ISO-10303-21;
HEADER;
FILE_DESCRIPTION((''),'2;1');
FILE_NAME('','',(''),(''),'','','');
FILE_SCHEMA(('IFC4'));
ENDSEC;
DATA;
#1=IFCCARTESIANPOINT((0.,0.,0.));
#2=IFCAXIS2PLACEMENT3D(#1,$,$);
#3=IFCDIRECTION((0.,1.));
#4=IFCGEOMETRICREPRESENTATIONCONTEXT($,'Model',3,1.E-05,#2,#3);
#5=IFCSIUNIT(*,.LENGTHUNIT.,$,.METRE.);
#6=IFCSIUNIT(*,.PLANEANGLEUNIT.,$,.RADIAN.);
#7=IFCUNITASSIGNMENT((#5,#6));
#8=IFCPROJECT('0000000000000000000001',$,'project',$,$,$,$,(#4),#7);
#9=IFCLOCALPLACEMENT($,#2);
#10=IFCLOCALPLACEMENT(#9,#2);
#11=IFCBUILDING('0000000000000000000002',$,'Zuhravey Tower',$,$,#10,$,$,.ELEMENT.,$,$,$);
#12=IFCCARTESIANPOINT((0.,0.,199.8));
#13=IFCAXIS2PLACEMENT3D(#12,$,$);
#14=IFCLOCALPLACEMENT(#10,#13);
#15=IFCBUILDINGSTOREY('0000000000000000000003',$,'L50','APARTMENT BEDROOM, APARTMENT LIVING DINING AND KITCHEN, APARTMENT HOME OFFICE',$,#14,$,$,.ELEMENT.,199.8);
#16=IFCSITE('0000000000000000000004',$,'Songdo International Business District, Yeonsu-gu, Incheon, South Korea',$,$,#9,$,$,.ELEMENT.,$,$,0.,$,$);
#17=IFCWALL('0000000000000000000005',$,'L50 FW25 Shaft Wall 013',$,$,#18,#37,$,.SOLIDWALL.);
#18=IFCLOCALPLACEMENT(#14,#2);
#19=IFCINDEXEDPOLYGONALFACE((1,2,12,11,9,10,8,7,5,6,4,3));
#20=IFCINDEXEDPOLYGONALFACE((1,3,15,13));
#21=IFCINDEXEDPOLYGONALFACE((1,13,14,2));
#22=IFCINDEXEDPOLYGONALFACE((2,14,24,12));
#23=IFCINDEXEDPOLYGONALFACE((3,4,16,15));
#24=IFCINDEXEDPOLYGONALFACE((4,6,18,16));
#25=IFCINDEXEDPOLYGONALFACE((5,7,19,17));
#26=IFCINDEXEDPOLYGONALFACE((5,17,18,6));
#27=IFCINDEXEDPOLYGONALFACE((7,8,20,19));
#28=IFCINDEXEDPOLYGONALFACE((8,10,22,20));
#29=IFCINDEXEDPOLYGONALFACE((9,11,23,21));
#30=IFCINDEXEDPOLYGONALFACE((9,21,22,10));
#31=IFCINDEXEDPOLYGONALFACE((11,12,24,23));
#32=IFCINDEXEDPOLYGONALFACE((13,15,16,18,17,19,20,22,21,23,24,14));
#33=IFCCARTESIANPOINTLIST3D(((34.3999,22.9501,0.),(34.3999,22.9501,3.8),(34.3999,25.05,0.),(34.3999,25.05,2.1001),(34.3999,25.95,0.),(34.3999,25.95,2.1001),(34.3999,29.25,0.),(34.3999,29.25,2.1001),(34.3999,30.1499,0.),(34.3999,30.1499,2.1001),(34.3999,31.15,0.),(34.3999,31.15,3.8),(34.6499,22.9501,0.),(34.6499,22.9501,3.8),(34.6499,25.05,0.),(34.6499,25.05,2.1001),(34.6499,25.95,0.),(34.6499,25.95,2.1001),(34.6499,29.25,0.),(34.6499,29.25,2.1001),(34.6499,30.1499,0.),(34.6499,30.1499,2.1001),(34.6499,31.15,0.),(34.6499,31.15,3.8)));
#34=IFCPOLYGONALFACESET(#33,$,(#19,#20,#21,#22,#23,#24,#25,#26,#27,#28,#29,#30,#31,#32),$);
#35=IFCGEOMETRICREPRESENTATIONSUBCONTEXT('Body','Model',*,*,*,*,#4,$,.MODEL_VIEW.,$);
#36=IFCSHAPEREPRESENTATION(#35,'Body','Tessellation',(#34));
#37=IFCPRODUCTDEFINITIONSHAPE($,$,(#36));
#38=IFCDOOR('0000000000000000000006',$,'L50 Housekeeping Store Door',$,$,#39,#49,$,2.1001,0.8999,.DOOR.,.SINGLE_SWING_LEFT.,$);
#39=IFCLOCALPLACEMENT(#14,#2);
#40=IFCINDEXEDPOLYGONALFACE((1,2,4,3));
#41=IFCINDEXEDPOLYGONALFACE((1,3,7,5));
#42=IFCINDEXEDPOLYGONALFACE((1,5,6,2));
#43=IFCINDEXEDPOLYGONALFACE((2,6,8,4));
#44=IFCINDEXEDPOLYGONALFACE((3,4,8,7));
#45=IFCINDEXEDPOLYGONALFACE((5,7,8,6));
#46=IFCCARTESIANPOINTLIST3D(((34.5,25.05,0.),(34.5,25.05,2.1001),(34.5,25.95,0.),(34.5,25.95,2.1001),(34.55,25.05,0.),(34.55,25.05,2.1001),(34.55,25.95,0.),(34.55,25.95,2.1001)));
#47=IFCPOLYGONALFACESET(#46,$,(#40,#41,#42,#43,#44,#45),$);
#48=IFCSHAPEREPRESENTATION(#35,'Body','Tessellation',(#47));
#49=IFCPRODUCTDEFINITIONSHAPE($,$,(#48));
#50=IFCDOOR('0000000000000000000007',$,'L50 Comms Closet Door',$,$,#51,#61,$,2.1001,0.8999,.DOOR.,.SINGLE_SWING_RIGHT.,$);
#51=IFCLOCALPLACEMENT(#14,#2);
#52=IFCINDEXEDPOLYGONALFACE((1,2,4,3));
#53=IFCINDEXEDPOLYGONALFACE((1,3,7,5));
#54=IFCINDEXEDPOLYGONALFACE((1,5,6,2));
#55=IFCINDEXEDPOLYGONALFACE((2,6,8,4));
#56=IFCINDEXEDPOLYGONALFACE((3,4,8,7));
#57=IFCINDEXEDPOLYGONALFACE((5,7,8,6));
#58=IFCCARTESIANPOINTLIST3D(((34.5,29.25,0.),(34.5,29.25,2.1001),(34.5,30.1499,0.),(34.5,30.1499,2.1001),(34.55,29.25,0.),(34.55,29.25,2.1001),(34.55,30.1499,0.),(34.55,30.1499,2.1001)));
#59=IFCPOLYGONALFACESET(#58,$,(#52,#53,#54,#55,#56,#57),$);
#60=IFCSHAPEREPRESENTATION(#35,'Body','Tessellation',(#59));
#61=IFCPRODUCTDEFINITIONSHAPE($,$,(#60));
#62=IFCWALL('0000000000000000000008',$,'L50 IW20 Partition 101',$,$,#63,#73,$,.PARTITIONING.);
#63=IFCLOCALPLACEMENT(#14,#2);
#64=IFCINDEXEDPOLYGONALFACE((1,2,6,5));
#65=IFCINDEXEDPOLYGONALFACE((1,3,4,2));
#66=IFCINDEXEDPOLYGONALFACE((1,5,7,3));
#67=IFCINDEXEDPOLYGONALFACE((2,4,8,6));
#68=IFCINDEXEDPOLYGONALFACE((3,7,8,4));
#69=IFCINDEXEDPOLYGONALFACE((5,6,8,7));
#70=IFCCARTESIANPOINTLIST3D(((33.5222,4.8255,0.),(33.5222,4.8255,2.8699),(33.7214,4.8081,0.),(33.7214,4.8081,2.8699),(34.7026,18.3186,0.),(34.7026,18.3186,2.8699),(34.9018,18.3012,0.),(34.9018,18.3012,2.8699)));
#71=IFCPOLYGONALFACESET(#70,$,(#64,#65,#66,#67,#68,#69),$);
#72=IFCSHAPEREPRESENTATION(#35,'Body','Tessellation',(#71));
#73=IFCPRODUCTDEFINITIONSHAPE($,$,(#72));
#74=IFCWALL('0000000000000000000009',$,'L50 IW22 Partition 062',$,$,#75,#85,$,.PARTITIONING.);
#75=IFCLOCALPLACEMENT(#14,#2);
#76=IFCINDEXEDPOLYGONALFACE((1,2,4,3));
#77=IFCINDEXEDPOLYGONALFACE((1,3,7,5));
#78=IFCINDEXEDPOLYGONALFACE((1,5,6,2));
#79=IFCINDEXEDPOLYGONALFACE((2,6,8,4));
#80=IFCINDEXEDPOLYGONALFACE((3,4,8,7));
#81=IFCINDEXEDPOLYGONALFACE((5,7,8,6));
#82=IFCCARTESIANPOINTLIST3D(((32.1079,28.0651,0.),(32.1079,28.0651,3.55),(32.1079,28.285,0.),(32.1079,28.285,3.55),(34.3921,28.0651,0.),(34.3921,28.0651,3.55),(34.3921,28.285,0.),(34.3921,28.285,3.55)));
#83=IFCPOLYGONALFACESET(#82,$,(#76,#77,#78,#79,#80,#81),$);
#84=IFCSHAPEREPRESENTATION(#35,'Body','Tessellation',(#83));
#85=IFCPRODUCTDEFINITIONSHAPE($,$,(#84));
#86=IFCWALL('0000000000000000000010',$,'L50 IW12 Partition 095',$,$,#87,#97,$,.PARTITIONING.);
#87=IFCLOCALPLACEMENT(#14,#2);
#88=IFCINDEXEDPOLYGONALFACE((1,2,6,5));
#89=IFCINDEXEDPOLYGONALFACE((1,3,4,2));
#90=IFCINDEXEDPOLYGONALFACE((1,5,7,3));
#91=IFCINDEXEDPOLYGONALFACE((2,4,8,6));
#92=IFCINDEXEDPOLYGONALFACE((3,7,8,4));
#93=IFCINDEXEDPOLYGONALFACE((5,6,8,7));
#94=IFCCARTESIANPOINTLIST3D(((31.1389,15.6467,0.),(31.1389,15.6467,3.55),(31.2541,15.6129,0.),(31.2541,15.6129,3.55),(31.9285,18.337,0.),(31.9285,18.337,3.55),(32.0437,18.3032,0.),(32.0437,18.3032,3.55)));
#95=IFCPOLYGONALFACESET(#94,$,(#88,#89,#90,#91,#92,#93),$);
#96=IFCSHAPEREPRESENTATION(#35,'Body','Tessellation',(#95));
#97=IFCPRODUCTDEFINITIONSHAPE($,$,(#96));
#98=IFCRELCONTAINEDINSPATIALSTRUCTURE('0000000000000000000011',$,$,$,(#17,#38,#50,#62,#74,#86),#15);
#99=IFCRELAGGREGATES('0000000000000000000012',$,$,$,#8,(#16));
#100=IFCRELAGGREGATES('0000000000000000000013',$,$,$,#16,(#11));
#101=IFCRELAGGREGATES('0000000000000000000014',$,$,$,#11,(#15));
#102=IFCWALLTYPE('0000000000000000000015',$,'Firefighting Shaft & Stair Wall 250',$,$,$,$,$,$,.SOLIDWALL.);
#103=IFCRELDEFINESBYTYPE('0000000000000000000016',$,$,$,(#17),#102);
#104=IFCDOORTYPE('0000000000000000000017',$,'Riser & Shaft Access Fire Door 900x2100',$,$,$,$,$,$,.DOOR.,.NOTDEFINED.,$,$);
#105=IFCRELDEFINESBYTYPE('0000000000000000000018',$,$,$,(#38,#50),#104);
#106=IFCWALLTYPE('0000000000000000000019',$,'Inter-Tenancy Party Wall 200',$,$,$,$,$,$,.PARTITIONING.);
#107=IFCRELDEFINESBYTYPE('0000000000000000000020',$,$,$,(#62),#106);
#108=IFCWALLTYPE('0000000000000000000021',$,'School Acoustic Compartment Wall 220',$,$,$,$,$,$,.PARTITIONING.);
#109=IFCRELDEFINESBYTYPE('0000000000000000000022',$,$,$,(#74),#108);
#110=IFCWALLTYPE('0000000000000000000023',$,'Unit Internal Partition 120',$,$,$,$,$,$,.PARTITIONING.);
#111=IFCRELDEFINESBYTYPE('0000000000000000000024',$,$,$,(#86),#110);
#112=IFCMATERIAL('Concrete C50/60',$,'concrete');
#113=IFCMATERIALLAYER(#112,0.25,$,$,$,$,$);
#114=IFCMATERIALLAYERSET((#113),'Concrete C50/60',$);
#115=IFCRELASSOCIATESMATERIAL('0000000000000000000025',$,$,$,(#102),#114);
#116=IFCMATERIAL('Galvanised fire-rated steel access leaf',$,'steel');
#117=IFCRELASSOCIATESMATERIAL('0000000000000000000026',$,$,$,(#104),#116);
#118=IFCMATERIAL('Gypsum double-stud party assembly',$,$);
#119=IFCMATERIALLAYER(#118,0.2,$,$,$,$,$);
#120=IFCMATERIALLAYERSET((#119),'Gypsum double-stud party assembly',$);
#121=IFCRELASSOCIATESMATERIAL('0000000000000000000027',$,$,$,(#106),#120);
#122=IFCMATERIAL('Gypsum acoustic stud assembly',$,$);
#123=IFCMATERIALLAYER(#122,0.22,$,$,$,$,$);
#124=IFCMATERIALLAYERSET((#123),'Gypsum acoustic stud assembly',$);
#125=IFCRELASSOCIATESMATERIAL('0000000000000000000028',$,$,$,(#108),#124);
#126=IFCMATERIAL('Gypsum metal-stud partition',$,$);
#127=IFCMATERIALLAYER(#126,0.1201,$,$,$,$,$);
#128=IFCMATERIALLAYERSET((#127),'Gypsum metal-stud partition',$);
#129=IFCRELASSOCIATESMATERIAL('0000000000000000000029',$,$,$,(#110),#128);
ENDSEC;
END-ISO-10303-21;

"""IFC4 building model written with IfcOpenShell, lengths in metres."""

from ifc_helpers import new_model, si_unit, direction, frame, frame_2d, origin, place, context, subcontext, project, spatial, rectangle, extrude, material, layer, layer_set, type_object, element, fill, save


model = new_model("IFC4")

# Units and contexts
model_context = context("Model", 3, precision=1e-05, world=origin(), true_north=direction((0.0, 1.0)))
body_context = subcontext(model_context, "Body", "Model", "MODEL_VIEW")
ifc_project = project(units=[si_unit("LENGTHUNIT", "METRE"), si_unit("PLANEANGLEUNIT", "RADIAN")], contexts=[model_context])

# Site, building, storey
site_placement = place(None, origin())
site = spatial("IfcSite", under=ifc_project, at=site_placement, Name="Songdo International Business District, Yeonsu-gu, Incheon, South Korea", CompositionType="ELEMENT", RefElevation=0.0)
building_placement = place(site_placement, origin())
building = spatial("IfcBuilding", under=site, at=building_placement, Name="Zuhravey Tower", CompositionType="ELEMENT")
storey_placement = place(building_placement, frame((0.0, 0.0, 199.8)))
storey = spatial("IfcBuildingStorey", under=building, at=storey_placement, Name="L50", Description="APARTMENT BEDROOM, APARTMENT LIVING DINING AND KITCHEN, APARTMENT HOME OFFICE", CompositionType="ELEMENT", Elevation=199.8)

# Shared definitions
ifc_material_1 = material(Name="Concrete C50/60", Category="concrete")
ifc_layer_1 = layer(ifc_material_1, 0.25)
ifc_layer_set_1 = layer_set([ifc_layer_1], Name="Concrete C50/60")
wall_type_1 = type_object("IfcWallType", Name="Firefighting Shaft & Stair Wall 250", PredefinedType="SOLIDWALL", material=ifc_layer_set_1)

# Shared definitions
ifc_material_2 = material(Name="Galvanised fire-rated steel access leaf", Category="steel")
door_type_1 = type_object("IfcDoorType", Name="Riser & Shaft Access Fire Door 900x2100", OperationType="NOTDEFINED", PredefinedType="DOOR", material=ifc_material_2)

# Wall, openings, doors
wall_1_placement = place(storey_placement, frame((34.5249, 22.95, 0.0), z_axis=(0.0, 0.0, 1.0), x_axis=(0.0, 1.0, 0.0)))
wall_1 = element("IfcWall", 1, at=wall_1_placement, inside=storey, type_object=wall_type_1, Name="L50 FW25 Shaft Wall 013", PredefinedType="SOLIDWALL", context=body_context, shape_type="SweptSolid", body=[
    extrude(rectangle(XDim=8.2, YDim=0.25, at=frame_2d((4.1001, 0.0))), origin(), (0.0, 0.0, 1.0), 3.8),
])
opening_1_placement = place(wall_1_placement, frame((2.1001, 0.0, 0.0)))
opening_1 = element("IfcOpeningElement", 2, at=opening_1_placement, cuts=wall_1, PredefinedType="OPENING", context=body_context, shape_type="SweptSolid", body=[
    extrude(rectangle(XDim=0.8999, YDim=2.1001, at=frame_2d((0.45, 1.05))), frame((0.0, 0.137, 0.0), z_axis=(0.0, -1.0, 0.0), x_axis=(1.0, 0.0, 0.0)), (0.0, 0.0, 1.0), 0.2739),
])
opening_2_placement = place(wall_1_placement, frame((6.3, 0.0, 0.0)))
opening_2 = element("IfcOpeningElement", 3, at=opening_2_placement, cuts=wall_1, PredefinedType="OPENING", context=body_context, shape_type="SweptSolid", body=[
    extrude(rectangle(XDim=0.8999, YDim=2.1001, at=frame_2d((0.45, 1.05))), frame((0.0, 0.137, 0.0), z_axis=(0.0, -1.0, 0.0), x_axis=(1.0, 0.0, 0.0)), (0.0, 0.0, 1.0), 0.2739),
])
door_1_placement = place(opening_1_placement, origin())
door_1 = element("IfcDoor", 4, at=door_1_placement, inside=storey, type_object=door_type_1, Name="L50 Housekeeping Store Door", OperationType="SINGLE_SWING_LEFT", OverallHeight=2.1001, OverallWidth=0.8999, PredefinedType="DOOR", context=body_context, shape_type="SweptSolid", body=[
    extrude(rectangle(XDim=0.8999, YDim=2.1001, at=frame_2d((0.45, 1.05))), frame((0.0, 0.0249, 0.0), z_axis=(0.0, -1.0, 0.0), x_axis=(1.0, 0.0, 0.0)), (0.0, 0.0, 1.0), 0.05),
])
fill(opening_1, door_1)
door_2_placement = place(opening_2_placement, origin())
door_2 = element("IfcDoor", 5, at=door_2_placement, inside=storey, type_object=door_type_1, Name="L50 Comms Closet Door", OperationType="SINGLE_SWING_RIGHT", OverallHeight=2.1001, OverallWidth=0.8999, PredefinedType="DOOR", context=body_context, shape_type="SweptSolid", body=[
    extrude(rectangle(XDim=0.8999, YDim=2.1001, at=frame_2d((0.45, 1.05))), frame((0.0, 0.0249, 0.0), z_axis=(0.0, -1.0, 0.0), x_axis=(1.0, 0.0, 0.0)), (0.0, 0.0, 1.0), 0.05),
])
fill(opening_2, door_2)

# Walls
ifc_material_3 = material(Name="Gypsum double-stud party assembly")
ifc_layer_2 = layer(ifc_material_3, 0.2)
ifc_layer_set_2 = layer_set([ifc_layer_2], Name="Gypsum double-stud party assembly")
wall_type_2 = type_object("IfcWallType", Name="Inter-Tenancy Party Wall 200", PredefinedType="PARTITIONING", material=ifc_layer_set_2)
wall_2_placement = place(storey_placement, frame((34.8022, 18.3101, 0.0), z_axis=(0.0, 0.0, 1.0), x_axis=(-0.08715, -0.996195, 0.0)))
element("IfcWall", 6, at=wall_2_placement, inside=storey, type_object=wall_type_2, Name="L50 IW20 Partition 101", PredefinedType="PARTITIONING", context=body_context, shape_type="SweptSolid", body=[
    extrude(rectangle(XDim=13.5447, YDim=0.2, at=frame_2d((6.7725, 0.0))), origin(), (0.0, 0.0, 1.0), 2.8699),
])
ifc_material_4 = material(Name="Gypsum acoustic stud assembly")
ifc_layer_3 = layer(ifc_material_4, 0.22)
ifc_layer_set_3 = layer_set([ifc_layer_3], Name="Gypsum acoustic stud assembly")
wall_type_3 = type_object("IfcWallType", Name="School Acoustic Compartment Wall 220", PredefinedType="PARTITIONING", material=ifc_layer_set_3)
wall_3_placement = place(storey_placement, frame((32.1079, 28.175, 0.0), z_axis=(0.0, 0.0, 1.0), x_axis=(1.0, 0.0, 0.0)))
element("IfcWall", 7, at=wall_3_placement, inside=storey, type_object=wall_type_3, Name="L50 IW22 Partition 062", PredefinedType="PARTITIONING", context=body_context, shape_type="SweptSolid", body=[
    extrude(rectangle(XDim=2.2842, YDim=0.22, at=frame_2d((1.1421, 0.0))), origin(), (0.0, 0.0, 1.0), 3.55),
])
ifc_material_5 = material(Name="Gypsum metal-stud partition")
ifc_layer_4 = layer(ifc_material_5, 0.1201)
ifc_layer_set_4 = layer_set([ifc_layer_4], Name="Gypsum metal-stud partition")
wall_type_4 = type_object("IfcWallType", Name="Unit Internal Partition 120", PredefinedType="PARTITIONING", material=ifc_layer_set_4)
wall_4_placement = place(storey_placement, frame((31.9861, 18.3201, 0.0), z_axis=(0.0, 0.0, 1.0), x_axis=(-0.281615, -0.959528, 0.0)))
element("IfcWall", 8, at=wall_4_placement, inside=storey, type_object=wall_type_4, Name="L50 IW12 Partition 095", PredefinedType="PARTITIONING", context=body_context, shape_type="SweptSolid", body=[
    extrude(rectangle(XDim=2.8037, YDim=0.1201, at=frame_2d((1.4019, 0.0))), origin(), (0.0, 0.0, 1.0), 3.55),
])

save(model, "model.ifc")
